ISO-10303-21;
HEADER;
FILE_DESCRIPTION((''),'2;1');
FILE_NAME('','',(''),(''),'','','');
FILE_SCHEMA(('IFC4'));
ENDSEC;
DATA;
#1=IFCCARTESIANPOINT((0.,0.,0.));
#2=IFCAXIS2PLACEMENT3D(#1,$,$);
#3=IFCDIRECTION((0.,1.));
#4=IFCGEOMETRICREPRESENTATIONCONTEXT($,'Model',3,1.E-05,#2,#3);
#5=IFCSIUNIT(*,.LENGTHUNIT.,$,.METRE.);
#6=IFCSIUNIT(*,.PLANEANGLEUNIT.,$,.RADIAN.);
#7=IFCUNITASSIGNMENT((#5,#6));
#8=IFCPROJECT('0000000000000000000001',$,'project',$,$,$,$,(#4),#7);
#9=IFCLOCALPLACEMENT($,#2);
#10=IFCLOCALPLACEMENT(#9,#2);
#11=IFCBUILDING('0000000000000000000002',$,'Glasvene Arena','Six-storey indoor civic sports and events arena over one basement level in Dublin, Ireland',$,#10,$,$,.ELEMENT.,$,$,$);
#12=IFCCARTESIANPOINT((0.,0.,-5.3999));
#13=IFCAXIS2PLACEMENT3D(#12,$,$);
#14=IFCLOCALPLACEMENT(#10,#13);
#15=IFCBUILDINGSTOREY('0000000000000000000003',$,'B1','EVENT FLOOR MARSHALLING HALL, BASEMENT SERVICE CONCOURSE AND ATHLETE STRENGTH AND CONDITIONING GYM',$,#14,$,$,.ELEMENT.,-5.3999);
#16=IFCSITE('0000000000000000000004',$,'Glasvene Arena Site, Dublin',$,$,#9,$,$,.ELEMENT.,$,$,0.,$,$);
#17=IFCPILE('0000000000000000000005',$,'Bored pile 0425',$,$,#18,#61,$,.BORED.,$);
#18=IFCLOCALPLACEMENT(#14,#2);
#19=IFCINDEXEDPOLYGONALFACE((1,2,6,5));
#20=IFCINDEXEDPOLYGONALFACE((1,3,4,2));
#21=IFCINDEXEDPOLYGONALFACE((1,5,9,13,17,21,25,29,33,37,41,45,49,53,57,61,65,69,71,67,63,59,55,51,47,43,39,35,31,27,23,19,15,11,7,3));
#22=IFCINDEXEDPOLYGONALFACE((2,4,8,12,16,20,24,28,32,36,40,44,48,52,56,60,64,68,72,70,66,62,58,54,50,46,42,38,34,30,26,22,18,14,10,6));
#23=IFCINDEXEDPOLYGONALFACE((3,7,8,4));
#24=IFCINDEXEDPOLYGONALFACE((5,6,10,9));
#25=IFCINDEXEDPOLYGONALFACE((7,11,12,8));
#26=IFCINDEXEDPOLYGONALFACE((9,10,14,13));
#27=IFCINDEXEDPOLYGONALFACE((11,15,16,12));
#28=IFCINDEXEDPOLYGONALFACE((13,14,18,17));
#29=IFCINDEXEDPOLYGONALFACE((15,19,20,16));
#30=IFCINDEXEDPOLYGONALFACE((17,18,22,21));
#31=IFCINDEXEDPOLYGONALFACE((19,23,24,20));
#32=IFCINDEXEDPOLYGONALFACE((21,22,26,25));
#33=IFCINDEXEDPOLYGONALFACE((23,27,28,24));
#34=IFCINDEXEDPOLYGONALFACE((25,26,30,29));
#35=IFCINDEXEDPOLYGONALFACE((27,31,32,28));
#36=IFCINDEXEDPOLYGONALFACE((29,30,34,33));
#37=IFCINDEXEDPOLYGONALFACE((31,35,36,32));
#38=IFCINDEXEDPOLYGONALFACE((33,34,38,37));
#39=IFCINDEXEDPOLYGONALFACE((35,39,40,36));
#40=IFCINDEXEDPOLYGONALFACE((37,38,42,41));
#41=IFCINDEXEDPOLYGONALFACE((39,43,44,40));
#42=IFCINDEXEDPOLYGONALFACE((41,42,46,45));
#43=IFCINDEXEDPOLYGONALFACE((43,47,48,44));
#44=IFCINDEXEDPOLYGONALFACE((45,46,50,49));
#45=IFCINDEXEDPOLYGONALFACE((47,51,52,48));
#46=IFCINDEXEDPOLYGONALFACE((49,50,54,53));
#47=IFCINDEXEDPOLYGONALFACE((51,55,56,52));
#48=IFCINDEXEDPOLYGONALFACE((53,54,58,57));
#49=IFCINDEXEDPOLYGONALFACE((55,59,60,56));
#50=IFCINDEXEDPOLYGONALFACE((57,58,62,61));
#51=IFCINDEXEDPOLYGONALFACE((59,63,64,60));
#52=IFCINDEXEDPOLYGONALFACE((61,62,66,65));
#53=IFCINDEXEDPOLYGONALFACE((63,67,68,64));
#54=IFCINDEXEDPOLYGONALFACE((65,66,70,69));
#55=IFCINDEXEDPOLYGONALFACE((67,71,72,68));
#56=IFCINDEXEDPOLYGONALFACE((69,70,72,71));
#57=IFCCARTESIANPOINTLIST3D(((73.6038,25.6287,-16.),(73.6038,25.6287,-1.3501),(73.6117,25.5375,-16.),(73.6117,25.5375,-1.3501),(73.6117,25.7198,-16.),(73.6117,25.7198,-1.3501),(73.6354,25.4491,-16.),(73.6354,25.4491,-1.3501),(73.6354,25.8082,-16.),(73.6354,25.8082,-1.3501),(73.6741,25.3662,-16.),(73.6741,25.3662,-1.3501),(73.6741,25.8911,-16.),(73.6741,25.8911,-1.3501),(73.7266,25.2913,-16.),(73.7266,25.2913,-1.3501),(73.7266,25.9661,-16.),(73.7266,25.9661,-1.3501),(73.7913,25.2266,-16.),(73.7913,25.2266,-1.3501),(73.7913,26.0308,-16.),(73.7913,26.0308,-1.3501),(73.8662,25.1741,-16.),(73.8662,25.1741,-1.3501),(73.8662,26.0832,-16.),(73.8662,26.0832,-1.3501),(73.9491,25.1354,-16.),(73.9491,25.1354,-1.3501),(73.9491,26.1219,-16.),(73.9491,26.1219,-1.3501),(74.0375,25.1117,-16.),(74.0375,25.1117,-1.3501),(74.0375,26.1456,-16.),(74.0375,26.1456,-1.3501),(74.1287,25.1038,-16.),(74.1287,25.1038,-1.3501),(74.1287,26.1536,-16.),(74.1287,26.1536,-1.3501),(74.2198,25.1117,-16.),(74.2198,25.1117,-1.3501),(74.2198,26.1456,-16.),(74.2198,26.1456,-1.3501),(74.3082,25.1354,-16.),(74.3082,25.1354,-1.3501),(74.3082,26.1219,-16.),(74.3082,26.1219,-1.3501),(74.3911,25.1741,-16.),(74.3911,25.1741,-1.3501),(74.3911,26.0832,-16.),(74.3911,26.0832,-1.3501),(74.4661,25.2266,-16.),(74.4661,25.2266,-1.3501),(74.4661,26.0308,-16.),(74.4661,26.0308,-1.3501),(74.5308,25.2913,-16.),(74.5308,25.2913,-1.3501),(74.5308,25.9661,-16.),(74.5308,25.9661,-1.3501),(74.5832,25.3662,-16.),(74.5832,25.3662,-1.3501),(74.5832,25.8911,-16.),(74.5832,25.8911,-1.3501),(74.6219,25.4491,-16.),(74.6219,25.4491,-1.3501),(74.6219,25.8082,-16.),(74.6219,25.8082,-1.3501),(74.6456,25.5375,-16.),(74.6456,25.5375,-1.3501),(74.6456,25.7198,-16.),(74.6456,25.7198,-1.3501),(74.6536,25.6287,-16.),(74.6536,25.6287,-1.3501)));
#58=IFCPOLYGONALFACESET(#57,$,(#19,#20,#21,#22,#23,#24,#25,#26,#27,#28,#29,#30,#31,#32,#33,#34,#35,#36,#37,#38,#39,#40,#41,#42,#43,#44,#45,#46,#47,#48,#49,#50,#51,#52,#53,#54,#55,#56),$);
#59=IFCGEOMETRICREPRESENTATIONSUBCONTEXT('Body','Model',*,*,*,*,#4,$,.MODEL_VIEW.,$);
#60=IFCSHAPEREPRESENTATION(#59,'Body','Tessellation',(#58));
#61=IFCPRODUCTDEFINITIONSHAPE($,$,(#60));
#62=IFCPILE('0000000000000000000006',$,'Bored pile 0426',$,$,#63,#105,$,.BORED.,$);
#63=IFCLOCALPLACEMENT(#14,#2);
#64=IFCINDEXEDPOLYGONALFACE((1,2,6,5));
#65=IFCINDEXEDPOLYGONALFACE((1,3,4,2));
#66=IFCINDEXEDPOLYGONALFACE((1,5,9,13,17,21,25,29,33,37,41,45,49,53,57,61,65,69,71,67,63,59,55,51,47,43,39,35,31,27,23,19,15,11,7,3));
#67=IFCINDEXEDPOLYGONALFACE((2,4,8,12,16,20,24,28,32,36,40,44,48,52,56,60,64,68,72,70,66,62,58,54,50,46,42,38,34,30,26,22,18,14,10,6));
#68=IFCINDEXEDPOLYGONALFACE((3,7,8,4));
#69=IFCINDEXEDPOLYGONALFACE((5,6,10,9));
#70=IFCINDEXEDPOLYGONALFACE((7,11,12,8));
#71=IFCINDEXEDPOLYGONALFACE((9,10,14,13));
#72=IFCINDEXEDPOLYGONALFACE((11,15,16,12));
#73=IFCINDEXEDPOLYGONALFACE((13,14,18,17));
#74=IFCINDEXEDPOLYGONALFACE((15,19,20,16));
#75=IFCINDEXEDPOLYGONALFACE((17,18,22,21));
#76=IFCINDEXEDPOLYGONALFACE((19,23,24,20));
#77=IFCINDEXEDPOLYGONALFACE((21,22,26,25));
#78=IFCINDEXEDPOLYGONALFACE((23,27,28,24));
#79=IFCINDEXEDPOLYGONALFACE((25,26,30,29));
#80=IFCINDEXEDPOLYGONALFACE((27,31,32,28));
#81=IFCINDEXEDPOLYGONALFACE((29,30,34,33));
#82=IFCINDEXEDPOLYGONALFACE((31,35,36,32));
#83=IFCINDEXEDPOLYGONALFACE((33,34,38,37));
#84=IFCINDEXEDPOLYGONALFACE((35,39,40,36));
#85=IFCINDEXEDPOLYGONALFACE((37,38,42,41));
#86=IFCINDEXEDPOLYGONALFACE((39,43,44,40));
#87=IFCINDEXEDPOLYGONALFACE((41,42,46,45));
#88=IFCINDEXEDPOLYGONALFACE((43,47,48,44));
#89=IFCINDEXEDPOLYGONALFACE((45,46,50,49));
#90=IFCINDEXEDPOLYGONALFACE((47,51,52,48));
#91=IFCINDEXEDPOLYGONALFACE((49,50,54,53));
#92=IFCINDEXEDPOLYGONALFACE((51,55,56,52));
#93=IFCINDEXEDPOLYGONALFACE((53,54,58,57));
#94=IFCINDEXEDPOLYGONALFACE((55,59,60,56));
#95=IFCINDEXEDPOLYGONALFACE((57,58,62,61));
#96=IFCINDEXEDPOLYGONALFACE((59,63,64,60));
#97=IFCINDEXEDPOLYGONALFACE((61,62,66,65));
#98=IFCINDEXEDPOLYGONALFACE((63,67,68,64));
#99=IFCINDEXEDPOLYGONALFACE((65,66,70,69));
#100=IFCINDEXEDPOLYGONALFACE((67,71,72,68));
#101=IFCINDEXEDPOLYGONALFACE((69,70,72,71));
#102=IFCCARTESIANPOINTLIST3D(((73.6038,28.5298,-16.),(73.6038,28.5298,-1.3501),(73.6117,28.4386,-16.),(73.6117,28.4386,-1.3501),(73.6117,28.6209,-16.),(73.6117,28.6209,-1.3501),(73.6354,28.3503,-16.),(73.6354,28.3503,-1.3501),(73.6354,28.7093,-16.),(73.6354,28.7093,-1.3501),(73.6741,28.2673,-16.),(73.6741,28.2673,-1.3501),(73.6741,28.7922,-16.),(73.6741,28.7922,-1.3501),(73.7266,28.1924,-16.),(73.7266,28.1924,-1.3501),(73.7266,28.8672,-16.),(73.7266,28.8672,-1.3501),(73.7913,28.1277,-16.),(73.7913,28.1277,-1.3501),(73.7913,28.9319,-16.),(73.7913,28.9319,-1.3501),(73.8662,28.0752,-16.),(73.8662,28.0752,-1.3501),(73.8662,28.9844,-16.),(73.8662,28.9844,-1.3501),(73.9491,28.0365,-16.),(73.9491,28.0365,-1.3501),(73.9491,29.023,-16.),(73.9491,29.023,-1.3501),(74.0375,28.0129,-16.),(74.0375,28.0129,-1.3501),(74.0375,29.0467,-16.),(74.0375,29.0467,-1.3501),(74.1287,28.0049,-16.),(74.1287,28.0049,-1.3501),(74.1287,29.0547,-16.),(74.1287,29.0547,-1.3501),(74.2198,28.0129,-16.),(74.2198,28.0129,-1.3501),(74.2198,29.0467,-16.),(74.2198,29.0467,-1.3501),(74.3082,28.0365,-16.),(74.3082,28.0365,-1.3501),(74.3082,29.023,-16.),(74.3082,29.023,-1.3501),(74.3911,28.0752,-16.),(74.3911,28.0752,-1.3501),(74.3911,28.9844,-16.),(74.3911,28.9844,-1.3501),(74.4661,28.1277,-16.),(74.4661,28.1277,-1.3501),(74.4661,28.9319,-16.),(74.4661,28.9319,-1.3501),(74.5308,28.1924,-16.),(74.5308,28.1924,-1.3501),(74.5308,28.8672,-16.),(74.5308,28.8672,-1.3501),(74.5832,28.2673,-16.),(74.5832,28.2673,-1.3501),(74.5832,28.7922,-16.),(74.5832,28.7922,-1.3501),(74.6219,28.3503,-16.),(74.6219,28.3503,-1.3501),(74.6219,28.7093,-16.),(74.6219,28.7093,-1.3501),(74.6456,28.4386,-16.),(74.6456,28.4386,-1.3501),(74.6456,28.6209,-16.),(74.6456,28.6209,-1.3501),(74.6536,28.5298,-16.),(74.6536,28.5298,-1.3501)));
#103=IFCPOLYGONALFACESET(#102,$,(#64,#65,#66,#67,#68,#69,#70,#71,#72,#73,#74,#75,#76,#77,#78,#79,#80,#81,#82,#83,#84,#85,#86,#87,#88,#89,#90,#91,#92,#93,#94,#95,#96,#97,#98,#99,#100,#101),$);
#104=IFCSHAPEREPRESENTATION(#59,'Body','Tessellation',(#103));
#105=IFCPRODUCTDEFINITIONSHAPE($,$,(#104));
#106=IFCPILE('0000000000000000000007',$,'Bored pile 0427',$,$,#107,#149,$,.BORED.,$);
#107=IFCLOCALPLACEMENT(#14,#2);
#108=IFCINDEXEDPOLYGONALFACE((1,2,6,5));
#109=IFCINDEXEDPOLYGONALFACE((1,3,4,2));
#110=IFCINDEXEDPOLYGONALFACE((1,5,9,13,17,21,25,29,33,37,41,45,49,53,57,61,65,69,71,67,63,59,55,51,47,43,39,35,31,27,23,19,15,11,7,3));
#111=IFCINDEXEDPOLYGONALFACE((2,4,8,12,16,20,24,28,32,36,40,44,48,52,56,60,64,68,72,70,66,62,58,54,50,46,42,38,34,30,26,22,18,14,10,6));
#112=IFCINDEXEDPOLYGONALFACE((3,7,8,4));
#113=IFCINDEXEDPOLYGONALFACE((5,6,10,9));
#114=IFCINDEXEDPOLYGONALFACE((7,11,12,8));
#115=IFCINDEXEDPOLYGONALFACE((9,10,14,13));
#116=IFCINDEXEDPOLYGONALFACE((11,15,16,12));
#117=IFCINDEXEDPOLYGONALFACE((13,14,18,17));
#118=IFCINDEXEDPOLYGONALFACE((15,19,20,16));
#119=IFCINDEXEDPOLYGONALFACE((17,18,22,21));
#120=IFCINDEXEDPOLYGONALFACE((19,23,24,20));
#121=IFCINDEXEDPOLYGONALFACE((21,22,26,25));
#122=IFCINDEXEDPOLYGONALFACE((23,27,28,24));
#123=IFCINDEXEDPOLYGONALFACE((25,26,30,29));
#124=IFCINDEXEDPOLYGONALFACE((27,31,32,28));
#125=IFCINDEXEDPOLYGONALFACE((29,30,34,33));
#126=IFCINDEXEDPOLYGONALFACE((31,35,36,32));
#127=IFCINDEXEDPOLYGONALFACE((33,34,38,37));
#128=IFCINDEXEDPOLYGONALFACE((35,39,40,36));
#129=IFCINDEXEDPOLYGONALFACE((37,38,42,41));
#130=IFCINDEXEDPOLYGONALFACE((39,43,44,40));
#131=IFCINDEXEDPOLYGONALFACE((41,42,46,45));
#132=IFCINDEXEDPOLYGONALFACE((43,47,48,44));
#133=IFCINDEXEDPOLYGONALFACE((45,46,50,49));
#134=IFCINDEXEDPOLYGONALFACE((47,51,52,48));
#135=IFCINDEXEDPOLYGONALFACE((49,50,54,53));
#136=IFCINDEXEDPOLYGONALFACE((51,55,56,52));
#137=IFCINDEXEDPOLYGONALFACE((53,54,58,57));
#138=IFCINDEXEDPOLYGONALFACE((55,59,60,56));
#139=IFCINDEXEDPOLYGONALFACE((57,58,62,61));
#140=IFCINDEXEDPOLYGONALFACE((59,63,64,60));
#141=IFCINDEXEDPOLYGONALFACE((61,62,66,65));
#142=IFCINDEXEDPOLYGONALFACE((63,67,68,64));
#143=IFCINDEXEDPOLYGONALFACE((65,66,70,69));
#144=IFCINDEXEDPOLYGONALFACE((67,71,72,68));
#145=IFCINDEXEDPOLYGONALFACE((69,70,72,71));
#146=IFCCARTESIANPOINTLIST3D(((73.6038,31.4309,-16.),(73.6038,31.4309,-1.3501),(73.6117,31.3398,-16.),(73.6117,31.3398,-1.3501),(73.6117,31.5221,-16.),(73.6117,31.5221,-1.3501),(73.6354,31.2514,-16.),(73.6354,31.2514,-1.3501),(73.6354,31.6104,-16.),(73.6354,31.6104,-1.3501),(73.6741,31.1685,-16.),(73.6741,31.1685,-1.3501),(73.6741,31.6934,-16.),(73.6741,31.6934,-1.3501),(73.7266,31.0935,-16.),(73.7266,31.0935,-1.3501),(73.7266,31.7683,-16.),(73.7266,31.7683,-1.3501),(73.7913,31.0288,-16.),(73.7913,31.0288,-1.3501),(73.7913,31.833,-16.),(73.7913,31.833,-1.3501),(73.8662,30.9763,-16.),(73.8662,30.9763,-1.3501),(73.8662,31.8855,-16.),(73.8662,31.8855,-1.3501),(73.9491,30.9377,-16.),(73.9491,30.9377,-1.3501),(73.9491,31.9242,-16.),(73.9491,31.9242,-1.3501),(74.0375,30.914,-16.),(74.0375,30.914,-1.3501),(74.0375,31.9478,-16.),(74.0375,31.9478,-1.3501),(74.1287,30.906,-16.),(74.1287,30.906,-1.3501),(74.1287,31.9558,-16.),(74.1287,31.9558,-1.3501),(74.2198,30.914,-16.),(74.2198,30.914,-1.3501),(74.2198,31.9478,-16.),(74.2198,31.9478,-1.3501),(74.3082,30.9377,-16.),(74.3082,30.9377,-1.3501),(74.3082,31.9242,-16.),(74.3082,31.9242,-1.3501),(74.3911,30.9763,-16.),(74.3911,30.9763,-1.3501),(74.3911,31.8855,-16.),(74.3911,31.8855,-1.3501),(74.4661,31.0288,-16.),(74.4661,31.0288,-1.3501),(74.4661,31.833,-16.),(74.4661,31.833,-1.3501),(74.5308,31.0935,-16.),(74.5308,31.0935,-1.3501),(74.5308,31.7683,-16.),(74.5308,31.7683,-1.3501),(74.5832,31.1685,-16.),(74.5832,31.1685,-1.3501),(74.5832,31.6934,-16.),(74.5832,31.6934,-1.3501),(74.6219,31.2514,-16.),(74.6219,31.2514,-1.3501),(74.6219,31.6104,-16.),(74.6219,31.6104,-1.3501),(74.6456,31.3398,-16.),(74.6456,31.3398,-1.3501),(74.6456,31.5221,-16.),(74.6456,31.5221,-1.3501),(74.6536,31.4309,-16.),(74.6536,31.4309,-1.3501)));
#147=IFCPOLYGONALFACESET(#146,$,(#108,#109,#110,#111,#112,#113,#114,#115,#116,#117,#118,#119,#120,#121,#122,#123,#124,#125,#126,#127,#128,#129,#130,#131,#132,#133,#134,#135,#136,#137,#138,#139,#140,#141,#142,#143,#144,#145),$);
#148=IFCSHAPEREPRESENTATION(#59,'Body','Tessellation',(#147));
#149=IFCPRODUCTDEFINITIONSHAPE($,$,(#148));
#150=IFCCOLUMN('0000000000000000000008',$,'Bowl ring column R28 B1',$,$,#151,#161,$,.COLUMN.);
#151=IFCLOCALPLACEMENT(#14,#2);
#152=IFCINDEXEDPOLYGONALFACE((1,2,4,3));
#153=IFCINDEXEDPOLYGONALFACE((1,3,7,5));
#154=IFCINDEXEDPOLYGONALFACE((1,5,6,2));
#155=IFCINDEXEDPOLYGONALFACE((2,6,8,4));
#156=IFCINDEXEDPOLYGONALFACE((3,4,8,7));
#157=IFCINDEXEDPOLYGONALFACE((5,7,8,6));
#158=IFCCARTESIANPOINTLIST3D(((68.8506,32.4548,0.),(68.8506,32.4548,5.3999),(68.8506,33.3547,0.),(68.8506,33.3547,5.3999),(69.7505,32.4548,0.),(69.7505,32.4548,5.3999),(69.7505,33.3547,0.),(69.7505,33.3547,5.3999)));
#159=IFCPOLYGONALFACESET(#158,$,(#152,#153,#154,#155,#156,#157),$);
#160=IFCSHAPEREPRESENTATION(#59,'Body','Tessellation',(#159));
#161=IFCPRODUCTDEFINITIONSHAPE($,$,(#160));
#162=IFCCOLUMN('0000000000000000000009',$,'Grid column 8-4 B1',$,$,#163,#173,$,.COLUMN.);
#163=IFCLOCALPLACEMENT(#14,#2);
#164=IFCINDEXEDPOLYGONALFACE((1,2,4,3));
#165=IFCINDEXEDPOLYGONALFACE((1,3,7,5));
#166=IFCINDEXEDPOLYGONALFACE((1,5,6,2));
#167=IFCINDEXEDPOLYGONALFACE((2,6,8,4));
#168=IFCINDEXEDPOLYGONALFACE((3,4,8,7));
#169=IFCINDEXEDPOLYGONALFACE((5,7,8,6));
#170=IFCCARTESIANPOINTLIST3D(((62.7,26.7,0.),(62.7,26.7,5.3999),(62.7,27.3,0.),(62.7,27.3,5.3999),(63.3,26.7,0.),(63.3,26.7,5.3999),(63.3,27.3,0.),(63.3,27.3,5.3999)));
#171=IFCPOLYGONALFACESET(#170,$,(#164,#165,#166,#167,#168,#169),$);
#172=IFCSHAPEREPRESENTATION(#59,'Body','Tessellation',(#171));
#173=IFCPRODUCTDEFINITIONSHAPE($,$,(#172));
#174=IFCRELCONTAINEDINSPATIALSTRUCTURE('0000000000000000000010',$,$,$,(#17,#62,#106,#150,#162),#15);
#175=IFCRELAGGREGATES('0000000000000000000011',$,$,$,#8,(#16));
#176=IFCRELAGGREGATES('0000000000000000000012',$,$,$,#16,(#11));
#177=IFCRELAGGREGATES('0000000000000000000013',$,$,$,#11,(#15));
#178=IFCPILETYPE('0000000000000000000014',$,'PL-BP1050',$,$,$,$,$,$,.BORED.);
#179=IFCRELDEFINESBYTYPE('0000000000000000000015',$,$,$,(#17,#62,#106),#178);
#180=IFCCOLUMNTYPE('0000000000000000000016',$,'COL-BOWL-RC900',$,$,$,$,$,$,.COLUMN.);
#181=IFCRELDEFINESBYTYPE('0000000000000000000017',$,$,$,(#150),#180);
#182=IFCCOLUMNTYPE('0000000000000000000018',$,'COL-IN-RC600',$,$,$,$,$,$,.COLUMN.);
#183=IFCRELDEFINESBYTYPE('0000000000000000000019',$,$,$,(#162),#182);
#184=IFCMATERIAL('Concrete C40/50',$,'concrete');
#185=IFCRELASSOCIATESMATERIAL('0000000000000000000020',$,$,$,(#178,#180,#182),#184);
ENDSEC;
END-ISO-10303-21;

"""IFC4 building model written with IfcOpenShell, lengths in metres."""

from ifc_helpers import new_model, si_unit, direction, frame, origin, origin_2d, place, context, subcontext, project, spatial, rectangle, circle, extrude, material, material_profile, profile_set, type_object, element, save


model = new_model("IFC4")

# Units and contexts
model_context = context("Model", 3, precision=1e-05, world=origin(), true_north=direction((0.0, 1.0)))
body_context = subcontext(model_context, "Body", "Model", "MODEL_VIEW")
ifc_project = project(units=[si_unit("LENGTHUNIT", "METRE"), si_unit("PLANEANGLEUNIT", "RADIAN")], contexts=[model_context])

# Site, building, storey
site_placement = place(None, origin())
site = spatial("IfcSite", under=ifc_project, at=site_placement, Name="Glasvene Arena Site, Dublin", CompositionType="ELEMENT", RefElevation=0.0)
building_placement = place(site_placement, origin())
building = spatial("IfcBuilding", under=site, at=building_placement, Name="Glasvene Arena", Description="Six-storey indoor civic sports and events arena over one basement level in Dublin, Ireland", CompositionType="ELEMENT")
storey_placement = place(building_placement, frame((0.0, 0.0, -5.3999)))
storey = spatial("IfcBuildingStorey", under=building, at=storey_placement, Name="B1", Description="EVENT FLOOR MARSHALLING HALL, BASEMENT SERVICE CONCOURSE AND ATHLETE STRENGTH AND CONDITIONING GYM", CompositionType="ELEMENT", Elevation=-5.3999)

# Piles
ifc_material_1 = material(Name="Concrete C40/50", Category="concrete")
ifc_material_profile_1 = material_profile(ifc_material_1, circle(Radius=0.5249, at=origin_2d()), Name="BORED PILE 1050")
ifc_profile_set_1 = profile_set([ifc_material_profile_1], Name="Concrete C40/50")
pile_type = type_object("IfcPileType", Name="PL-BP1050", PredefinedType="BORED", material=ifc_profile_set_1)
for number, where, z_axis, x_axis, name in (
    (1, (74.1287, 25.6287, -1.3501), (0.0, 0.0, -1.0), (1.0, 0.0, 0.0), "Bored pile 0425"),
    (2, (74.1287, 28.5298, -1.3501), (0.0, 0.0, -1.0), (1.0, 0.0, 0.0), "Bored pile 0426"),
    (3, (74.1287, 31.4309, -1.3501), (0.0, 0.0, -1.0), (1.0, 0.0, 0.0), "Bored pile 0427"),
):
    element("IfcPile", number, at=place(storey_placement, frame(where, z_axis=z_axis, x_axis=x_axis)), inside=storey, type_object=pile_type, Name=name, PredefinedType="BORED", context=body_context, shape_type="SweptSolid", body=[
        extrude(circle(Radius=0.5249, at=origin_2d()), origin(), (0.0, 0.0, 1.0), 14.6499),
    ])

# Columns
ifc_material_profile_2 = material_profile(ifc_material_1, rectangle(XDim=0.8999, YDim=0.8999, at=origin_2d()), Name="RC 900x900")
ifc_profile_set_2 = profile_set([ifc_material_profile_2], Name="Concrete C40/50")
column_type_1 = type_object("IfcColumnType", Name="COL-BOWL-RC900", PredefinedType="COLUMN", material=ifc_profile_set_2)
column_1_placement = place(storey_placement, frame((69.3005, 32.9048, 0.0), z_axis=(0.0, 0.0, 1.0), x_axis=(1.0, 0.0, 0.0)))
element("IfcColumn", 4, at=column_1_placement, inside=storey, type_object=column_type_1, Name="Bowl ring column R28 B1", PredefinedType="COLUMN", context=body_context, shape_type="SweptSolid", body=[
    extrude(rectangle(XDim=0.8999, YDim=0.8999, at=origin_2d()), origin(), (0.0, 0.0, 1.0), 5.3999),
])
ifc_material_profile_3 = material_profile(ifc_material_1, rectangle(XDim=0.6001, YDim=0.6001, at=origin_2d()), Name="RC 600x600")
ifc_profile_set_3 = profile_set([ifc_material_profile_3], Name="Concrete C40/50")
column_type_2 = type_object("IfcColumnType", Name="COL-IN-RC600", PredefinedType="COLUMN", material=ifc_profile_set_3)
column_2_placement = place(storey_placement, frame((63.0, 27.0, 0.0), z_axis=(0.0, 0.0, 1.0), x_axis=(1.0, 0.0, 0.0)))
element("IfcColumn", 5, at=column_2_placement, inside=storey, type_object=column_type_2, Name="Grid column 8-4 B1", PredefinedType="COLUMN", context=body_context, shape_type="SweptSolid", body=[
    extrude(rectangle(XDim=0.6001, YDim=0.6001, at=origin_2d()), origin(), (0.0, 0.0, 1.0), 5.3999),
])

save(model, "model.ifc")
